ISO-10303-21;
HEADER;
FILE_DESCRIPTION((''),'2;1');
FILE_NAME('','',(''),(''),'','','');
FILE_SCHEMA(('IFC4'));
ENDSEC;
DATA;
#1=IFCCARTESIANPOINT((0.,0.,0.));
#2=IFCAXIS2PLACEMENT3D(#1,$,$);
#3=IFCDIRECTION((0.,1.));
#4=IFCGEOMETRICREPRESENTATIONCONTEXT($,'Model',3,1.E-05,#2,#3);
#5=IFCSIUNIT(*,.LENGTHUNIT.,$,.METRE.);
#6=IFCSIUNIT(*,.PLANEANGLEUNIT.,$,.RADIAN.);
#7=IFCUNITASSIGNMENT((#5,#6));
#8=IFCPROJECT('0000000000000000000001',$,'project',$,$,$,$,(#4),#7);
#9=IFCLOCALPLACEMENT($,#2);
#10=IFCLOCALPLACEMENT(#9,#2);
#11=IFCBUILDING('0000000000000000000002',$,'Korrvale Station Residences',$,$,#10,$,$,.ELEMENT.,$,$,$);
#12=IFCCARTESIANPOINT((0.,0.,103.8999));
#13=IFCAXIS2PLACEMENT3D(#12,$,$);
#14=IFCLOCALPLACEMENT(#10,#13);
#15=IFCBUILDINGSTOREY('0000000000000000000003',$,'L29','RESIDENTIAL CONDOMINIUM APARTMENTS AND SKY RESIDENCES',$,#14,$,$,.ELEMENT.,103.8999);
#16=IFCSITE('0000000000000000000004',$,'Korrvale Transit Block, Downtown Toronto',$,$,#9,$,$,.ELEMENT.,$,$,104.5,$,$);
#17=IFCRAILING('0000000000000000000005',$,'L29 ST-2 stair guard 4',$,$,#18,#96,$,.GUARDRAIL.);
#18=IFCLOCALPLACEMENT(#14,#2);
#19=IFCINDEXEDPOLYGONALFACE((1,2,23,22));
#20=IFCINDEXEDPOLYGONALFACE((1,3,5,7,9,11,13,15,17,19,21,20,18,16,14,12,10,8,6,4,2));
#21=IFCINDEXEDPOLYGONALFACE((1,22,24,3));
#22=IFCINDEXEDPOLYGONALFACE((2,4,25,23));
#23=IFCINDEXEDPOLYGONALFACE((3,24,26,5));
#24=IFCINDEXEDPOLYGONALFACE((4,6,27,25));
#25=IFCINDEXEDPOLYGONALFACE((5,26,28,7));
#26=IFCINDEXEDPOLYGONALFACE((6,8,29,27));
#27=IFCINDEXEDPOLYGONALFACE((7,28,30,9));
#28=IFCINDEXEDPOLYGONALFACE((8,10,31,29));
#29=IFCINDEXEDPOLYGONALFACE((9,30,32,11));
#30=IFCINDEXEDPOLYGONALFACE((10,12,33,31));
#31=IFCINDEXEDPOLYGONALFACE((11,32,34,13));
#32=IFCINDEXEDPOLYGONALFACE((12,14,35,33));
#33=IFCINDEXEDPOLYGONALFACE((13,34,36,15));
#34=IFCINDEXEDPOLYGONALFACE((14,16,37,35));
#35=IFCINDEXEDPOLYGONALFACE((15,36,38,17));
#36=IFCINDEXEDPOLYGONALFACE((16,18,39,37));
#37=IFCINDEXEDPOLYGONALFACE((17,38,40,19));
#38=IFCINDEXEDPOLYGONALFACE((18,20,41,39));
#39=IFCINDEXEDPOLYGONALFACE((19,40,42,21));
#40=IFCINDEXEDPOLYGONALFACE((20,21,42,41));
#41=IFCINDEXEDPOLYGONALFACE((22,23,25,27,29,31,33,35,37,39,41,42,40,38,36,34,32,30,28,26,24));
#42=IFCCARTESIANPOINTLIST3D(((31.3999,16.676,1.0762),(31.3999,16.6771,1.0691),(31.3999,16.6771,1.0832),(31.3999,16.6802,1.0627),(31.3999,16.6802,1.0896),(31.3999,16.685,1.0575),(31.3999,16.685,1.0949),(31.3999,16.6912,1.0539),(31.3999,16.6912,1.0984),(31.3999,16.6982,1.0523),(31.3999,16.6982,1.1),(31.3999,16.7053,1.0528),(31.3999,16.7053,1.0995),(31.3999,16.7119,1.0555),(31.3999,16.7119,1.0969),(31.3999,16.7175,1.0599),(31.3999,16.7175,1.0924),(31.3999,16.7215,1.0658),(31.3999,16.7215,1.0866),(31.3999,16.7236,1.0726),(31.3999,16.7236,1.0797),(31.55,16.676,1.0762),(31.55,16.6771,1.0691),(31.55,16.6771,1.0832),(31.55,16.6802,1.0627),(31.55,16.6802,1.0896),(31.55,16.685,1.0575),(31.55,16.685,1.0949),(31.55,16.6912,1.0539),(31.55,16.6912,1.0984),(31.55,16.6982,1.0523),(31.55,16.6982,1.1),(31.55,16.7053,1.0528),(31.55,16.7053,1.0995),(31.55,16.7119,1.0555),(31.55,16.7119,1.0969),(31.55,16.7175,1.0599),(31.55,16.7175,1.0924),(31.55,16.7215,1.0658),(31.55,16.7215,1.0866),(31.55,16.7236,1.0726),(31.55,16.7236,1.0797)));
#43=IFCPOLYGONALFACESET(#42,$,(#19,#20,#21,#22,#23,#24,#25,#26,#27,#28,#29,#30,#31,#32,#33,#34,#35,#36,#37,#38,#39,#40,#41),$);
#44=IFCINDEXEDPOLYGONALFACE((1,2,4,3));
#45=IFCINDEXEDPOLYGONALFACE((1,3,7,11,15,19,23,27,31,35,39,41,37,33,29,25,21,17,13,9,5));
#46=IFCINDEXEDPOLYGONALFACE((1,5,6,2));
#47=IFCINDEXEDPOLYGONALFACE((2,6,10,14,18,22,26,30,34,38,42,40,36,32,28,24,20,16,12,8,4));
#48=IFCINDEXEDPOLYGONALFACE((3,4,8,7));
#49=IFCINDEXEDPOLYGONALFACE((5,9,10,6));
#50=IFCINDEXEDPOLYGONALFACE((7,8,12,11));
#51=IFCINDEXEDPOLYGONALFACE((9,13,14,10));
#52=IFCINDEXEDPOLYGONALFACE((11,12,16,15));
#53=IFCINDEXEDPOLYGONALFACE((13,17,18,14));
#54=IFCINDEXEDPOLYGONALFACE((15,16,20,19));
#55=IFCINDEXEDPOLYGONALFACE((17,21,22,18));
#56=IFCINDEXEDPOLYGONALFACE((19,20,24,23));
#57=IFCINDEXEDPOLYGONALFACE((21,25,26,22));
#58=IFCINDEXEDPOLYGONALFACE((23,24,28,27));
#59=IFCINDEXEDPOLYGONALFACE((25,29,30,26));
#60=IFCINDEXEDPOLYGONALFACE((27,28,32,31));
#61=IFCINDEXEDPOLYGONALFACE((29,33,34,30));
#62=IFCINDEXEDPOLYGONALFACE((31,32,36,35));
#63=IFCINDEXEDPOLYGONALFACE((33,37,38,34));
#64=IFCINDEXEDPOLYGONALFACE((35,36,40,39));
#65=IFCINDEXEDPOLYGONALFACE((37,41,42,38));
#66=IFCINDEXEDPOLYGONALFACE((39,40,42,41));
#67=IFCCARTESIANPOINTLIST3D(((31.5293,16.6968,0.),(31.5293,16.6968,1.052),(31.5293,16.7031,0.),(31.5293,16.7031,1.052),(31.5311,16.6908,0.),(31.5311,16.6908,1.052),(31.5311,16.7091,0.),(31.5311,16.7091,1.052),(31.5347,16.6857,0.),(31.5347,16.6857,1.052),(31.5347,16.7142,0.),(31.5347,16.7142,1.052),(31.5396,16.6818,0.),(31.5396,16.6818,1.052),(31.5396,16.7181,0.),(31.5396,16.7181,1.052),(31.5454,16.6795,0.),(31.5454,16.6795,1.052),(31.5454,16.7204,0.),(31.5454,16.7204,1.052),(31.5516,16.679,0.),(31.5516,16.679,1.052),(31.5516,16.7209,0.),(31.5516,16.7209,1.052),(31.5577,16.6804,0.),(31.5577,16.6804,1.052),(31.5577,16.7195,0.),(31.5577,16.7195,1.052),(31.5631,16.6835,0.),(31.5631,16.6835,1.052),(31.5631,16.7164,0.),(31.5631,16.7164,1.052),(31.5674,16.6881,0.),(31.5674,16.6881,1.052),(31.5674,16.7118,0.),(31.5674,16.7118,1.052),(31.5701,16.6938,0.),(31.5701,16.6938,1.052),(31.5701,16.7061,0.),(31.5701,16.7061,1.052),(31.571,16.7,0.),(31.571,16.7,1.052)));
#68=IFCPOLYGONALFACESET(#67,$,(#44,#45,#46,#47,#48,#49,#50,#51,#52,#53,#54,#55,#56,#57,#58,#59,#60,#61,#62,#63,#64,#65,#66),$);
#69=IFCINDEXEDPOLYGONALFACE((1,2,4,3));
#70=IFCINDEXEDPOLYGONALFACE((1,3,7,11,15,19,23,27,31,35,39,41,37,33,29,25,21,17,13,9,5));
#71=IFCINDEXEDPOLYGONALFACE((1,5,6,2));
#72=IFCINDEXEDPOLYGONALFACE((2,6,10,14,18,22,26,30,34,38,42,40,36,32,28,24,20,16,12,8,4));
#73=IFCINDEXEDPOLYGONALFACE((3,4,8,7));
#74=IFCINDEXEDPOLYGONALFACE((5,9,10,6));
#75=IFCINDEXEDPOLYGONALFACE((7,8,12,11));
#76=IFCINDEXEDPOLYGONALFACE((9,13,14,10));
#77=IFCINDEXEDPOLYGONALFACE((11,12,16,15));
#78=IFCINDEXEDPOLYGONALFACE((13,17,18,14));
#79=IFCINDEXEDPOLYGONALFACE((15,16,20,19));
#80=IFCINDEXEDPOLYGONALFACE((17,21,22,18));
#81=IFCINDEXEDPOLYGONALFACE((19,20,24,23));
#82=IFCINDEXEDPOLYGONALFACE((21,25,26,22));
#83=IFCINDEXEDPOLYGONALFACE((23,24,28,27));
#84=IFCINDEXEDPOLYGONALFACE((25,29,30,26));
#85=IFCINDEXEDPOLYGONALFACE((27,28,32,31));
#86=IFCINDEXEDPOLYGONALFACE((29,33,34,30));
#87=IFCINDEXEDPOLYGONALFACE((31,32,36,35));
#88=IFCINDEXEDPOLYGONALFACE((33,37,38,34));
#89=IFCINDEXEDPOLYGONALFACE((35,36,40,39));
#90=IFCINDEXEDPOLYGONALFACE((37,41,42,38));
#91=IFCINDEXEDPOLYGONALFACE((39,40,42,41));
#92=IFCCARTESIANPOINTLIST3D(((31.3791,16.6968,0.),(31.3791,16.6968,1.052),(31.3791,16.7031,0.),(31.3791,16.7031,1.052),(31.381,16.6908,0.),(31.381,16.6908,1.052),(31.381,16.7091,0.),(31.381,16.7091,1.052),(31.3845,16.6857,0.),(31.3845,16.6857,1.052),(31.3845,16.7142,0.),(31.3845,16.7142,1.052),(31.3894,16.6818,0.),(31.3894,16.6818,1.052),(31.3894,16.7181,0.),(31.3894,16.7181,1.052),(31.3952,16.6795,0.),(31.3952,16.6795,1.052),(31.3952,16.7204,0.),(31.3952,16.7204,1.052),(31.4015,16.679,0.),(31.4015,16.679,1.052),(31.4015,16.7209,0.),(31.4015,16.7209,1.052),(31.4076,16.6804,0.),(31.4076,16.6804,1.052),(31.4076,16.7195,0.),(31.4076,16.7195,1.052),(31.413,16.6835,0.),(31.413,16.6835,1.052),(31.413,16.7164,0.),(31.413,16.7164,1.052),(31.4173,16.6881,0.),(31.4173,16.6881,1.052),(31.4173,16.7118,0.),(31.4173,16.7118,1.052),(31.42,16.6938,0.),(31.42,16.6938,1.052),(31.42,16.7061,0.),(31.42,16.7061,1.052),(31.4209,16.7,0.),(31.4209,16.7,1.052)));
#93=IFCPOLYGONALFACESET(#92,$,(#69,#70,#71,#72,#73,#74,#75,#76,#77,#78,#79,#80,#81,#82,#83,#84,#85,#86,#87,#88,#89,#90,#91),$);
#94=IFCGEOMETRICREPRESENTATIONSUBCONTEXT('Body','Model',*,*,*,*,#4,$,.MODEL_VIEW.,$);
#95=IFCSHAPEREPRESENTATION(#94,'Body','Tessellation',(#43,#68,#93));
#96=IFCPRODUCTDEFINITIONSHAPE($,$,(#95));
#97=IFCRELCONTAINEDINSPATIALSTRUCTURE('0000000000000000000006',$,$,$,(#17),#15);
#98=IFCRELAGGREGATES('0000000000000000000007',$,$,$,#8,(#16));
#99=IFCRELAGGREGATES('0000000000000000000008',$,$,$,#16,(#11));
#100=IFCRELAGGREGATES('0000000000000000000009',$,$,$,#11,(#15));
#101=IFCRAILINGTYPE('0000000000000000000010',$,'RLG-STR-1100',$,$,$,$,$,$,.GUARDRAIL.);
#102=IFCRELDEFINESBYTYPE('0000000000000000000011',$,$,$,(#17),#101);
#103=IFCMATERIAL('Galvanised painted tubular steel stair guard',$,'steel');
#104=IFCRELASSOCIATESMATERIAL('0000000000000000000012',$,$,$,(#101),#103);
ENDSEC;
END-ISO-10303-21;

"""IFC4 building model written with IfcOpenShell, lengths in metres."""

from ifc_helpers import new_model, si_unit, direction, frame, origin, origin_2d, place, context, subcontext, project, spatial, circle, extrude, material, type_object, element, save


model = new_model("IFC4")

# Units and contexts
model_context = context("Model", 3, precision=1e-05, world=origin(), true_north=direction((0.0, 1.0)))
body_context = subcontext(model_context, "Body", "Model", "MODEL_VIEW")
ifc_project = project(units=[si_unit("LENGTHUNIT", "METRE"), si_unit("PLANEANGLEUNIT", "RADIAN")], contexts=[model_context])

# Site, building, storey
site_placement = place(None, origin())
site = spatial("IfcSite", under=ifc_project, at=site_placement, Name="Korrvale Transit Block, Downtown Toronto", CompositionType="ELEMENT", RefElevation=104.5)
building_placement = place(site_placement, origin())
building = spatial("IfcBuilding", under=site, at=building_placement, Name="Korrvale Station Residences", CompositionType="ELEMENT")
storey_placement = place(building_placement, frame((0.0, 0.0, 103.8999)))
storey = spatial("IfcBuildingStorey", under=building, at=storey_placement, Name="L29", Description="RESIDENTIAL CONDOMINIUM APARTMENTS AND SKY RESIDENCES", CompositionType="ELEMENT", Elevation=103.8999)

# Railing
ifc_material_1 = material(Name="Galvanised painted tubular steel stair guard", Category="steel")
railing_type_1 = type_object("IfcRailingType", Name="RLG-STR-1100", PredefinedType="GUARDRAIL", material=ifc_material_1)
railing_1_placement = place(storey_placement, frame((31.55, 16.7, 0.0)))
element("IfcRailing", 1, at=railing_1_placement, inside=storey, type_object=railing_type_1, Name="L29 ST-2 stair guard 4", PredefinedType="GUARDRAIL", context=body_context, shape_type="SweptSolid", body=[
    extrude(circle(Radius=0.0239, at=origin_2d()), frame((0.0, 0.0, 1.0762), z_axis=(-1.0, 0.0, 0.0), x_axis=(0.0, -1.0, 0.0)), (0.0, 0.0, 1.0), 0.1501),
    extrude(circle(Radius=0.021, at=origin_2d()), origin(), (0.0, 0.0, 1.0), 1.052),
    extrude(circle(Radius=0.021, at=origin_2d()), frame((-0.1501, 0.0, 0.0)), (0.0, 0.0, 1.0), 1.052),
])

save(model, "model.ifc")
